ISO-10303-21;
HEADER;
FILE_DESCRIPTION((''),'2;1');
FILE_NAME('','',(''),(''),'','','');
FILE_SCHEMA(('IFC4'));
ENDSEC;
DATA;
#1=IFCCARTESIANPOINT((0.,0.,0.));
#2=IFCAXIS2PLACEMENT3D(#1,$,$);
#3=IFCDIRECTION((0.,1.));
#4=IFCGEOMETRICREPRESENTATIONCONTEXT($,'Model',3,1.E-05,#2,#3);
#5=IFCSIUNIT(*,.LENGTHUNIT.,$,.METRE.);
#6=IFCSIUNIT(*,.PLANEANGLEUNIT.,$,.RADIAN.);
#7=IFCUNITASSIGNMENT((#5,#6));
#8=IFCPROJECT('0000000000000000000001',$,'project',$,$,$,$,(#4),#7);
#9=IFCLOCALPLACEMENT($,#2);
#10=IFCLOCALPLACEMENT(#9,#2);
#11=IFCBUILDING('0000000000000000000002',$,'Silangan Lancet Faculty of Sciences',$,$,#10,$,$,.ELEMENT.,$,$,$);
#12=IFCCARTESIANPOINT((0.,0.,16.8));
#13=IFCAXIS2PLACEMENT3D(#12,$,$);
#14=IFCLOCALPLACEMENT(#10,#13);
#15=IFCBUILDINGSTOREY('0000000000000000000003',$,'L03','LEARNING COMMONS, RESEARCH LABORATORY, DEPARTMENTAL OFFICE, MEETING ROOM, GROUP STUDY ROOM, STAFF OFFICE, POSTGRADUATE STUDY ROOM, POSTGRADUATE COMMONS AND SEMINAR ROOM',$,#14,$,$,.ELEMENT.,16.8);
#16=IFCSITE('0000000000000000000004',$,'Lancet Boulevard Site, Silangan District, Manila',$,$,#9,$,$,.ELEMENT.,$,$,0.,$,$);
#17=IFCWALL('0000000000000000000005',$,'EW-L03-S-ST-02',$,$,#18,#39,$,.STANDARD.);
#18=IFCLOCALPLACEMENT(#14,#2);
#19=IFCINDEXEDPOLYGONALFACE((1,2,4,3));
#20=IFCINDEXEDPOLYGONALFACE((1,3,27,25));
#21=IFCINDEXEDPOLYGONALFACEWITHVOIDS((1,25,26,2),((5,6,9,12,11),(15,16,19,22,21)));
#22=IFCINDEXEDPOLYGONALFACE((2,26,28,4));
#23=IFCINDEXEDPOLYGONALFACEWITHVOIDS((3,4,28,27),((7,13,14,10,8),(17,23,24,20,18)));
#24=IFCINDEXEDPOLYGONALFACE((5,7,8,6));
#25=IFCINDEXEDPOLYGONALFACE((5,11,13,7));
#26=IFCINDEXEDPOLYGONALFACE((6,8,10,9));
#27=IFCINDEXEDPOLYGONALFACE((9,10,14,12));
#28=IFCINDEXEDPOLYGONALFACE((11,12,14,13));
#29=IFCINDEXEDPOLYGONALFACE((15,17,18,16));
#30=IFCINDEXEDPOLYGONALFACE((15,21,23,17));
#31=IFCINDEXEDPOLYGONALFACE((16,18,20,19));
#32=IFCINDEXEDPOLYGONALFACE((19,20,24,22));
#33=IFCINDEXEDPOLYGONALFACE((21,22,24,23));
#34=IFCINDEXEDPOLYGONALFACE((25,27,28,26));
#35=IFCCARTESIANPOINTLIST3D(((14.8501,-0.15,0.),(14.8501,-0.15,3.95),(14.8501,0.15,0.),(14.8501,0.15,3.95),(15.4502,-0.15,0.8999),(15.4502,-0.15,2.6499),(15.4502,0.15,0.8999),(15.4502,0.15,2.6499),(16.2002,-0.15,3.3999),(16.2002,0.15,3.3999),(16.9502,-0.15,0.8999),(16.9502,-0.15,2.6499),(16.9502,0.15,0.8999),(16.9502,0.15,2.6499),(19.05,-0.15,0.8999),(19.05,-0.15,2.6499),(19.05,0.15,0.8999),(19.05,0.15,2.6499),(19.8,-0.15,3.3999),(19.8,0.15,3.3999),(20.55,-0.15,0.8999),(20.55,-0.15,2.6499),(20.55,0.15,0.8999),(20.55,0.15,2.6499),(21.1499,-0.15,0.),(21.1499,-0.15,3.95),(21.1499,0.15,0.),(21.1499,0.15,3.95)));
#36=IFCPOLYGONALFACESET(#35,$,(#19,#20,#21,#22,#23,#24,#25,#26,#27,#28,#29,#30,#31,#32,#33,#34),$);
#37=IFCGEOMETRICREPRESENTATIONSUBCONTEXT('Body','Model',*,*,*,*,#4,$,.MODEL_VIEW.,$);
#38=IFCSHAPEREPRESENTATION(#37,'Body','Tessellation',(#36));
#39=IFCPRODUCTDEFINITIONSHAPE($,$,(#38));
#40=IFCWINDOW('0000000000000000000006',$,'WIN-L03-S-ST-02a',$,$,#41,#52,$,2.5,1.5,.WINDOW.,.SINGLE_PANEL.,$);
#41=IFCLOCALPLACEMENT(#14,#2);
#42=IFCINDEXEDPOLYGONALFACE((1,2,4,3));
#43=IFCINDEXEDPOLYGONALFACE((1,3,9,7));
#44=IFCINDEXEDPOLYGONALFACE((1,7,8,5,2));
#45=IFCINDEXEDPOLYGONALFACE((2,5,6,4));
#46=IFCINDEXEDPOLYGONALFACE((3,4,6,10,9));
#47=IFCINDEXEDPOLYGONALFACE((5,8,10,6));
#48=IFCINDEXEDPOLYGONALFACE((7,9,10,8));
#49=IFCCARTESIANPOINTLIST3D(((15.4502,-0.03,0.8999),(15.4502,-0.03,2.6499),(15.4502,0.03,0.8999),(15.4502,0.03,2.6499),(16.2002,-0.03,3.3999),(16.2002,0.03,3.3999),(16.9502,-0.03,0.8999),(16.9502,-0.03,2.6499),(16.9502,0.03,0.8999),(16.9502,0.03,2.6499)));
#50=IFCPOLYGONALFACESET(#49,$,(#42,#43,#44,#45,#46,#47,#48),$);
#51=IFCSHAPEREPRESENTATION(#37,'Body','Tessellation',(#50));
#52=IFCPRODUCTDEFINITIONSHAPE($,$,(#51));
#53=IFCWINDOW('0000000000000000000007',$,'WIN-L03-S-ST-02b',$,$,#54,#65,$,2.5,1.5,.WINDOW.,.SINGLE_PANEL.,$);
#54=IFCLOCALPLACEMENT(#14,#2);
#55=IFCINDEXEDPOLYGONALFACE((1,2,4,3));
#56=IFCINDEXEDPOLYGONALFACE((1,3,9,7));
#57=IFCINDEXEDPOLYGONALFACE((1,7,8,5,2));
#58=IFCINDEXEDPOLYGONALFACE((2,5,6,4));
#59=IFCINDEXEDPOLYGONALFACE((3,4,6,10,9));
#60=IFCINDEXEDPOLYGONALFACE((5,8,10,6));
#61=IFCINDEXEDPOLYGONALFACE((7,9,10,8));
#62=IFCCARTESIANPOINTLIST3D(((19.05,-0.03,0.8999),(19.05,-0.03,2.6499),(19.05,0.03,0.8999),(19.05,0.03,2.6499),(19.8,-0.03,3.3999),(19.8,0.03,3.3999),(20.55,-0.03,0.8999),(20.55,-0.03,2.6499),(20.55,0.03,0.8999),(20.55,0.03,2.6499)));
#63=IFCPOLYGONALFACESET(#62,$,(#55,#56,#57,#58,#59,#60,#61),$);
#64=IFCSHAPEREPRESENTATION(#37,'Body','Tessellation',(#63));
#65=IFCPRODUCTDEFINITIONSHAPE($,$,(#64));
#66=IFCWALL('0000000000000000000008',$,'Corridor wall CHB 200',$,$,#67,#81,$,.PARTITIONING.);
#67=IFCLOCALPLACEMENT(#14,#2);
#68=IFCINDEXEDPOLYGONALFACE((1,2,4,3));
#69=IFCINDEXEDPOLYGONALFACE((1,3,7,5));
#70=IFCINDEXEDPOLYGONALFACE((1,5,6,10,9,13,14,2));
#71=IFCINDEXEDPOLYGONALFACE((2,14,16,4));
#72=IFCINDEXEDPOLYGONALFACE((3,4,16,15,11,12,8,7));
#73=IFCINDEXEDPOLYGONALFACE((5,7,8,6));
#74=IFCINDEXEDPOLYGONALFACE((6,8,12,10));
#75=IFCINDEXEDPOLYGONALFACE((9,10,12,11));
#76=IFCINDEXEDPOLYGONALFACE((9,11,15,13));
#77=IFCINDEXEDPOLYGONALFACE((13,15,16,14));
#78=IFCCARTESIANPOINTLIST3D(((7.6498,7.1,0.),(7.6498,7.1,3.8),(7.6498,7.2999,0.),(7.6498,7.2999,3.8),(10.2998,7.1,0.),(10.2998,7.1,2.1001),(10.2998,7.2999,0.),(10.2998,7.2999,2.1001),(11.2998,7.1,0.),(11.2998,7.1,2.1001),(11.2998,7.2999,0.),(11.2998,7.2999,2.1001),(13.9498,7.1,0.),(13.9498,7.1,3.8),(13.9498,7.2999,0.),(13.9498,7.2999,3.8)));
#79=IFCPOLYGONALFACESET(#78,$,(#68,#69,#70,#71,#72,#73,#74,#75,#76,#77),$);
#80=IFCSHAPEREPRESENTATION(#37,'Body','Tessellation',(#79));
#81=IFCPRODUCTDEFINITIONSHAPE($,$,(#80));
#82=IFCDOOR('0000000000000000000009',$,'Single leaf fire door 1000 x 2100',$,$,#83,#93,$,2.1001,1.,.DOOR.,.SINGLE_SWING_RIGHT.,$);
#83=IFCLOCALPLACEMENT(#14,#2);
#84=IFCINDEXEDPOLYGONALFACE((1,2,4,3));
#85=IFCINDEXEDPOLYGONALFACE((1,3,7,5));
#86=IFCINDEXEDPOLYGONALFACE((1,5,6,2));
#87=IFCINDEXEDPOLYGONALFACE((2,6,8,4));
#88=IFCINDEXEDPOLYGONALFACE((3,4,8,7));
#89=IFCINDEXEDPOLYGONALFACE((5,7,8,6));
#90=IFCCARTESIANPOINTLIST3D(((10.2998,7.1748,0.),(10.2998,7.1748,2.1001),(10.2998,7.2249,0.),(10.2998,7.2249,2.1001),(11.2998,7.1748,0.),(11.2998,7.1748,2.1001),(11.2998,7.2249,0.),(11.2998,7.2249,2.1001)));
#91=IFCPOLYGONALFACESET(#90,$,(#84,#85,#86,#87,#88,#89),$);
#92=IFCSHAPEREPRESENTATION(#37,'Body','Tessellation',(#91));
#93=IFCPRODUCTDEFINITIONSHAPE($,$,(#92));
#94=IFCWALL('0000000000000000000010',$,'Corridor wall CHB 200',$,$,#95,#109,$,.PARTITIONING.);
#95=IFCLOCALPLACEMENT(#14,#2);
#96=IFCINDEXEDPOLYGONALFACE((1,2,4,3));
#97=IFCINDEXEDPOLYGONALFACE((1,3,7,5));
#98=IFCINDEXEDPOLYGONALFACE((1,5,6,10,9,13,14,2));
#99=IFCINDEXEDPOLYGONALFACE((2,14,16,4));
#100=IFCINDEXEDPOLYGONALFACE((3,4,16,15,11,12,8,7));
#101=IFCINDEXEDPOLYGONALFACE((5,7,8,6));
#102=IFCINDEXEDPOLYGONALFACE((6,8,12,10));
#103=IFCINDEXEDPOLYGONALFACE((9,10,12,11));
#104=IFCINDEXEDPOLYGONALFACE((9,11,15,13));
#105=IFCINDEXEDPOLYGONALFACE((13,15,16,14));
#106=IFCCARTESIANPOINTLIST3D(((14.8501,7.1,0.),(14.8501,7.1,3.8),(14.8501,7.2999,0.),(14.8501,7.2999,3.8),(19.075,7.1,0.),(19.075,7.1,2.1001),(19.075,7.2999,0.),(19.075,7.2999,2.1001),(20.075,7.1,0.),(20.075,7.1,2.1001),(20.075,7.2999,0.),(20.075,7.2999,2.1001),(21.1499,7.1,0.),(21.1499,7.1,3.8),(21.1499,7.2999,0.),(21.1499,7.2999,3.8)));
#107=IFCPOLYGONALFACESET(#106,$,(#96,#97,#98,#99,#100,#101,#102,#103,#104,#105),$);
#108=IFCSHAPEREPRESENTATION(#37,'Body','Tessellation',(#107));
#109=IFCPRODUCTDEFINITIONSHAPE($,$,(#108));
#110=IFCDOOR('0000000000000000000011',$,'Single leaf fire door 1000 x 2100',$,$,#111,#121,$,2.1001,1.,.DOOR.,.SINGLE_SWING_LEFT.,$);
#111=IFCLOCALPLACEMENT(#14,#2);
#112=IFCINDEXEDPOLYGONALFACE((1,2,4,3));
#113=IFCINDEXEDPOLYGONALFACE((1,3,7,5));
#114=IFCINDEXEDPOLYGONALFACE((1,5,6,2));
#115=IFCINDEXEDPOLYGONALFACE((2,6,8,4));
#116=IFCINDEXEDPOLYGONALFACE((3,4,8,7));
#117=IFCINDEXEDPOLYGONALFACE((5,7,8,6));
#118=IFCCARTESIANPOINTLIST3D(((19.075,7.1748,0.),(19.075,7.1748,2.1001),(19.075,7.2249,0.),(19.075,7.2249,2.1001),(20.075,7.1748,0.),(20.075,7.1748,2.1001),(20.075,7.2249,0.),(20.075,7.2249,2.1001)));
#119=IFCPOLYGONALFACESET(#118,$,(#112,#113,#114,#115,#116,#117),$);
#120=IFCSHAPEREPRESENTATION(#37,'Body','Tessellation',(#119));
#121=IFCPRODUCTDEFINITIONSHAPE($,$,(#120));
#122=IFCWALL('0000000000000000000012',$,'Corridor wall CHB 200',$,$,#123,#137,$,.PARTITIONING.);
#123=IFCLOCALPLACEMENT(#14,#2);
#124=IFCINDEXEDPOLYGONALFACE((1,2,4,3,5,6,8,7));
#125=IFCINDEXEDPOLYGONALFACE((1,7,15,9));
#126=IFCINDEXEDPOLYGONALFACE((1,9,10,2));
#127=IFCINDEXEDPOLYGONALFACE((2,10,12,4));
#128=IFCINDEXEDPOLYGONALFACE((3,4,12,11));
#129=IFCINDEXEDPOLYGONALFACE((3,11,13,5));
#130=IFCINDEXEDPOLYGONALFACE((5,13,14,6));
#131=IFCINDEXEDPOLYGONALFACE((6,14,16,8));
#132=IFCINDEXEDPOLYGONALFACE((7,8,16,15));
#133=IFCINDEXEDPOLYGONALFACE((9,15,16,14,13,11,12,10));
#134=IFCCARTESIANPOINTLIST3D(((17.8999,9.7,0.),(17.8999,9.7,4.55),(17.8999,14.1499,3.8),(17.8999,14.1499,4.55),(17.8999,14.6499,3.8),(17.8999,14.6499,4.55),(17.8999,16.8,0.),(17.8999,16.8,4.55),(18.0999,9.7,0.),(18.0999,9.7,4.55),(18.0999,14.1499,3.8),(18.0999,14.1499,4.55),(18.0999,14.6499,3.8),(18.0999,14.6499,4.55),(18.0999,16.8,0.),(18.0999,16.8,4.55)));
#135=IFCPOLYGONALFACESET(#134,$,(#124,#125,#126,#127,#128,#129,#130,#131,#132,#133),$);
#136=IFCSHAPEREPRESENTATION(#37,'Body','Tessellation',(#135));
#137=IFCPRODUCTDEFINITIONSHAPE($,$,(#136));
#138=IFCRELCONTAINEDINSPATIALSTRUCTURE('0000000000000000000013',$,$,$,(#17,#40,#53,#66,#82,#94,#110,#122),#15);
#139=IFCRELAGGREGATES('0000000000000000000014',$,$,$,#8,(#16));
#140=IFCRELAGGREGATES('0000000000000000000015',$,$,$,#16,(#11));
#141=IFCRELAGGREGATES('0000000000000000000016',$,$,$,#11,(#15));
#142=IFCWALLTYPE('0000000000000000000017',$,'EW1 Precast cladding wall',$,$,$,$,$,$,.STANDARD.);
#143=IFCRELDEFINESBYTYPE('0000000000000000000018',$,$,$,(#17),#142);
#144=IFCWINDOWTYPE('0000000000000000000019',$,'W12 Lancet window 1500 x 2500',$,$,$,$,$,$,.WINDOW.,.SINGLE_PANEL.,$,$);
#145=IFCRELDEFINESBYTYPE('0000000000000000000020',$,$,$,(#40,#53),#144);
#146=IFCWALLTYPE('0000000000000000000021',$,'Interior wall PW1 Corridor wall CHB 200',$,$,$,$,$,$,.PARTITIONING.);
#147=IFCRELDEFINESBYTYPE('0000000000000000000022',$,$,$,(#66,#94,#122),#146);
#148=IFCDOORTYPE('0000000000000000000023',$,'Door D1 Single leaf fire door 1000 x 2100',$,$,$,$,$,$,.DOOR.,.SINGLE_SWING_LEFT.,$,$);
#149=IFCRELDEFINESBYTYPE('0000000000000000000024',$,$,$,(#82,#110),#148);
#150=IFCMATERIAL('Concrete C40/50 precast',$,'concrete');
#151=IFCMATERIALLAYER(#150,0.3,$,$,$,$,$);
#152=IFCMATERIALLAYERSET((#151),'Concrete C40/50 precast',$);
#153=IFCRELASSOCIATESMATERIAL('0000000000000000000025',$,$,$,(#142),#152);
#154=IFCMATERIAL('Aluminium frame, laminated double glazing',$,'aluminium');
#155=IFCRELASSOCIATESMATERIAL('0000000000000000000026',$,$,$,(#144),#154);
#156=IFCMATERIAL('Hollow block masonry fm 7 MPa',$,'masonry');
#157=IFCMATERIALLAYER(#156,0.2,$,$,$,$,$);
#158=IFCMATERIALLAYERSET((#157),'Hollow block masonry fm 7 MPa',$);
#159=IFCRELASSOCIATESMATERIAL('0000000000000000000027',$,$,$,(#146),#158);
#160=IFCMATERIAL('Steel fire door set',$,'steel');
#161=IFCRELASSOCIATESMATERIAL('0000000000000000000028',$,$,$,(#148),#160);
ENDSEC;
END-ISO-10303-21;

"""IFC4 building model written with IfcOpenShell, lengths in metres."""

from ifc_helpers import new_model, si_unit, direction, frame, frame_2d, origin, place, context, subcontext, project, spatial, polyline, rectangle, outline, extrude, material, layer, layer_set, type_object, element, fill, save


model = new_model("IFC4")

# Units and contexts
model_context = context("Model", 3, precision=1e-05, world=origin(), true_north=direction((0.0, 1.0)))
body_context = subcontext(model_context, "Body", "Model", "MODEL_VIEW")
ifc_project = project(units=[si_unit("LENGTHUNIT", "METRE"), si_unit("PLANEANGLEUNIT", "RADIAN")], contexts=[model_context])

# Site, building, storey
site_placement = place(None, origin())
site = spatial("IfcSite", under=ifc_project, at=site_placement, Name="Lancet Boulevard Site, Silangan District, Manila", CompositionType="ELEMENT", RefElevation=0.0)
building_placement = place(site_placement, origin())
building = spatial("IfcBuilding", under=site, at=building_placement, Name="Silangan Lancet Faculty of Sciences", CompositionType="ELEMENT")
storey_placement = place(building_placement, frame((0.0, 0.0, 16.8)))
storey = spatial("IfcBuildingStorey", under=building, at=storey_placement, Name="L03", Description="LEARNING COMMONS, RESEARCH LABORATORY, DEPARTMENTAL OFFICE, MEETING ROOM, GROUP STUDY ROOM, STAFF OFFICE, POSTGRADUATE STUDY ROOM, POSTGRADUATE COMMONS AND SEMINAR ROOM", CompositionType="ELEMENT", Elevation=16.8)

# Wall, openings, windows
ifc_material_1 = material(Name="Concrete C40/50 precast", Category="concrete")
ifc_layer_1 = layer(ifc_material_1, 0.3)
ifc_layer_set_1 = layer_set([ifc_layer_1], Name="Concrete C40/50 precast")
wall_type_1 = type_object("IfcWallType", Name="EW1 Precast cladding wall", PredefinedType="STANDARD", material=ifc_layer_set_1)
wall_1_placement = place(storey_placement, frame((14.8501, 0.0, 0.0), z_axis=(0.0, 0.0, 1.0), x_axis=(1.0, 0.0, 0.0)))
wall_1 = element("IfcWall", 1, at=wall_1_placement, inside=storey, type_object=wall_type_1, Name="EW-L03-S-ST-02", PredefinedType="STANDARD", context=body_context, shape_type="SweptSolid", body=[
    extrude(rectangle(XDim=6.2998, YDim=0.3, at=frame_2d((3.1499, 0.0))), origin(), (0.0, 0.0, 1.0), 3.95),
])
opening_1_placement = place(wall_1_placement, frame((0.6001, 0.0, 0.8999)))
opening_1 = element("IfcOpeningElement", 2, at=opening_1_placement, cuts=wall_1, PredefinedType="OPENING", context=body_context, shape_type="SweptSolid", body=[
    extrude(outline(polyline([(0.0, 0.0), (1.5, 0.0), (1.5, 1.75), (0.75, 2.5), (0.0, 1.75), (0.0, 0.0)])), frame((0.0, 0.1599, 0.0), z_axis=(0.0, -1.0, 0.0), x_axis=(1.0, 0.0, 0.0)), (0.0, 0.0, 1.0), 0.3201),
])
opening_2_placement = place(wall_1_placement, frame((4.2, 0.0, 0.8999)))
opening_2 = element("IfcOpeningElement", 3, at=opening_2_placement, cuts=wall_1, PredefinedType="OPENING", context=body_context, shape_type="SweptSolid", body=[
    extrude(outline(polyline([(0.0, 0.0), (1.5, 0.0), (1.5, 1.75), (0.75, 2.5), (0.0, 1.75), (0.0, 0.0)])), frame((0.0, 0.1599, 0.0), z_axis=(0.0, -1.0, 0.0), x_axis=(1.0, 0.0, 0.0)), (0.0, 0.0, 1.0), 0.3201),
])
ifc_material_2 = material(Name="Aluminium frame, laminated double glazing", Category="aluminium")
window_type = type_object("IfcWindowType", Name="W12 Lancet window 1500 x 2500", PartitioningType="SINGLE_PANEL", PredefinedType="WINDOW", material=ifc_material_2)
window_1_placement = place(opening_1_placement, origin())
window_1 = element("IfcWindow", 4, at=window_1_placement, inside=storey, type_object=window_type, Name="WIN-L03-S-ST-02a", OverallHeight=2.5, OverallWidth=1.5, PartitioningType="SINGLE_PANEL", PredefinedType="WINDOW", context=body_context, shape_type="SweptSolid", body=[
    extrude(outline(polyline([(0.0, 0.0), (1.5, 0.0), (1.5, 1.75), (0.75, 2.5), (0.0, 1.75), (0.0, 0.0)])), frame((0.0, 0.03, 0.0), z_axis=(0.0, -1.0, 0.0), x_axis=(1.0, 0.0, 0.0)), (0.0, 0.0, 1.0), 0.0601),
])
fill(opening_1, window_1)
window_2_placement = place(opening_2_placement, origin())
window_2 = element("IfcWindow", 5, at=window_2_placement, inside=storey, type_object=window_type, Name="WIN-L03-S-ST-02b", OverallHeight=2.5, OverallWidth=1.5, PartitioningType="SINGLE_PANEL", PredefinedType="WINDOW", context=body_context, shape_type="SweptSolid", body=[
    extrude(outline(polyline([(0.0, 0.0), (1.5, 0.0), (1.5, 1.75), (0.75, 2.5), (0.0, 1.75), (0.0, 0.0)])), frame((0.0, 0.03, 0.0), z_axis=(0.0, -1.0, 0.0), x_axis=(1.0, 0.0, 0.0)), (0.0, 0.0, 1.0), 0.0601),
])
fill(opening_2, window_2)

# Walls, openings, doors
ifc_material_3 = material(Name="Hollow block masonry fm 7 MPa", Category="masonry")
ifc_layer_2 = layer(ifc_material_3, 0.2)
ifc_layer_set_2 = layer_set([ifc_layer_2], Name="Hollow block masonry fm 7 MPa")
wall_type_2 = type_object("IfcWallType", Name="Interior wall PW1 Corridor wall CHB 200", PredefinedType="PARTITIONING", material=ifc_layer_set_2)
wall_2_placement = place(storey_placement, frame((7.6499, 7.2, 0.0), z_axis=(0.0, 0.0, 1.0), x_axis=(1.0, 0.0, 0.0)))
wall_2 = element("IfcWall", 6, at=wall_2_placement, inside=storey, type_object=wall_type_2, Name="Corridor wall CHB 200", PredefinedType="PARTITIONING", context=body_context, shape_type="SweptSolid", body=[
    extrude(rectangle(XDim=6.3, YDim=0.2, at=frame_2d((3.1499, 0.0))), origin(), (0.0, 0.0, 1.0), 3.8),
])
opening_3_placement = place(wall_2_placement, frame((2.6499, 0.0, 0.0)))
opening_3 = element("IfcOpeningElement", 7, at=opening_3_placement, cuts=wall_2, PredefinedType="OPENING", context=body_context, shape_type="SweptSolid", body=[
    extrude(rectangle(XDim=1.0, YDim=2.1001, at=frame_2d((0.5, 1.05))), frame((0.0, 0.1099, 0.0), z_axis=(0.0, -1.0, 0.0), x_axis=(1.0, 0.0, 0.0)), (0.0, 0.0, 1.0), 0.22),
])
ifc_material_4 = material(Name="Steel fire door set", Category="steel")
door_type_1 = type_object("IfcDoorType", Name="Door D1 Single leaf fire door 1000 x 2100", OperationType="SINGLE_SWING_LEFT", PredefinedType="DOOR", material=ifc_material_4)
door_1_placement = place(opening_3_placement, frame((1.0, 0.0, 0.0), z_axis=(0.0, 0.0, 1.0), x_axis=(-1.0, 0.0, 0.0)))
door_1 = element("IfcDoor", 8, at=door_1_placement, inside=storey, type_object=door_type_1, Name="Single leaf fire door 1000 x 2100", OperationType="SINGLE_SWING_RIGHT", OverallHeight=2.1001, OverallWidth=1.0, PredefinedType="DOOR", context=body_context, shape_type="SweptSolid", body=[
    extrude(rectangle(XDim=1.0, YDim=2.1001, at=frame_2d((0.5, 1.05))), frame((0.0, 0.0251, 0.0), z_axis=(0.0, -1.0, 0.0), x_axis=(1.0, 0.0, 0.0)), (0.0, 0.0, 1.0), 0.05),
])
fill(opening_3, door_1)
wall_3_placement = place(storey_placement, frame((14.8501, 7.2, 0.0), z_axis=(0.0, 0.0, 1.0), x_axis=(1.0, 0.0, 0.0)))
wall_3 = element("IfcWall", 9, at=wall_3_placement, inside=storey, type_object=wall_type_2, Name="Corridor wall CHB 200", PredefinedType="PARTITIONING", context=body_context, shape_type="SweptSolid", body=[
    extrude(rectangle(XDim=6.2998, YDim=0.2, at=frame_2d((3.1499, 0.0))), origin(), (0.0, 0.0, 1.0), 3.8),
])
opening_4_placement = place(wall_3_placement, frame((4.2249, 0.0, 0.0)))
opening_4 = element("IfcOpeningElement", 10, at=opening_4_placement, cuts=wall_3, PredefinedType="OPENING", context=body_context, shape_type="SweptSolid", body=[
    extrude(rectangle(XDim=1.0, YDim=2.1001, at=frame_2d((0.5, 1.05))), frame((0.0, 0.1099, 0.0), z_axis=(0.0, -1.0, 0.0), x_axis=(1.0, 0.0, 0.0)), (0.0, 0.0, 1.0), 0.22),
])
door_2_placement = place(opening_4_placement, frame((1.0, 0.0, 0.0), z_axis=(0.0, 0.0, 1.0), x_axis=(-1.0, 0.0, 0.0)))
door_2 = element("IfcDoor", 11, at=door_2_placement, inside=storey, type_object=door_type_1, Name="Single leaf fire door 1000 x 2100", OperationType="SINGLE_SWING_LEFT", OverallHeight=2.1001, OverallWidth=1.0, PredefinedType="DOOR", context=body_context, shape_type="SweptSolid", body=[
    extrude(rectangle(XDim=1.0, YDim=2.1001, at=frame_2d((0.5, 1.05))), frame((0.0, 0.0251, 0.0), z_axis=(0.0, -1.0, 0.0), x_axis=(1.0, 0.0, 0.0)), (0.0, 0.0, 1.0), 0.05),
])
fill(opening_4, door_2)

# Wall
wall_4_placement = place(storey_placement, frame((18.0, 9.7, 0.0), z_axis=(0.0, 0.0, 1.0), x_axis=(0.0, 1.0, 0.0)))
element("IfcWall", 12, at=wall_4_placement, inside=storey, type_object=wall_type_2, Name="Corridor wall CHB 200", PredefinedType="PARTITIONING", context=body_context, shape_type="SweptSolid", body=[
    extrude(outline(polyline([(0.0, 0.0), (7.1001, 0.0), (7.1001, 4.55), (4.95, 4.55), (4.95, 3.8), (4.45, 3.8), (4.45, 4.55), (0.0, 4.55), (0.0, 0.0)])), frame((0.0, 0.1001, 0.0), z_axis=(0.0, -1.0, 0.0), x_axis=(1.0, 0.0, 0.0)), (0.0, 0.0, 1.0), 0.2),
])

save(model, "model.ifc")
